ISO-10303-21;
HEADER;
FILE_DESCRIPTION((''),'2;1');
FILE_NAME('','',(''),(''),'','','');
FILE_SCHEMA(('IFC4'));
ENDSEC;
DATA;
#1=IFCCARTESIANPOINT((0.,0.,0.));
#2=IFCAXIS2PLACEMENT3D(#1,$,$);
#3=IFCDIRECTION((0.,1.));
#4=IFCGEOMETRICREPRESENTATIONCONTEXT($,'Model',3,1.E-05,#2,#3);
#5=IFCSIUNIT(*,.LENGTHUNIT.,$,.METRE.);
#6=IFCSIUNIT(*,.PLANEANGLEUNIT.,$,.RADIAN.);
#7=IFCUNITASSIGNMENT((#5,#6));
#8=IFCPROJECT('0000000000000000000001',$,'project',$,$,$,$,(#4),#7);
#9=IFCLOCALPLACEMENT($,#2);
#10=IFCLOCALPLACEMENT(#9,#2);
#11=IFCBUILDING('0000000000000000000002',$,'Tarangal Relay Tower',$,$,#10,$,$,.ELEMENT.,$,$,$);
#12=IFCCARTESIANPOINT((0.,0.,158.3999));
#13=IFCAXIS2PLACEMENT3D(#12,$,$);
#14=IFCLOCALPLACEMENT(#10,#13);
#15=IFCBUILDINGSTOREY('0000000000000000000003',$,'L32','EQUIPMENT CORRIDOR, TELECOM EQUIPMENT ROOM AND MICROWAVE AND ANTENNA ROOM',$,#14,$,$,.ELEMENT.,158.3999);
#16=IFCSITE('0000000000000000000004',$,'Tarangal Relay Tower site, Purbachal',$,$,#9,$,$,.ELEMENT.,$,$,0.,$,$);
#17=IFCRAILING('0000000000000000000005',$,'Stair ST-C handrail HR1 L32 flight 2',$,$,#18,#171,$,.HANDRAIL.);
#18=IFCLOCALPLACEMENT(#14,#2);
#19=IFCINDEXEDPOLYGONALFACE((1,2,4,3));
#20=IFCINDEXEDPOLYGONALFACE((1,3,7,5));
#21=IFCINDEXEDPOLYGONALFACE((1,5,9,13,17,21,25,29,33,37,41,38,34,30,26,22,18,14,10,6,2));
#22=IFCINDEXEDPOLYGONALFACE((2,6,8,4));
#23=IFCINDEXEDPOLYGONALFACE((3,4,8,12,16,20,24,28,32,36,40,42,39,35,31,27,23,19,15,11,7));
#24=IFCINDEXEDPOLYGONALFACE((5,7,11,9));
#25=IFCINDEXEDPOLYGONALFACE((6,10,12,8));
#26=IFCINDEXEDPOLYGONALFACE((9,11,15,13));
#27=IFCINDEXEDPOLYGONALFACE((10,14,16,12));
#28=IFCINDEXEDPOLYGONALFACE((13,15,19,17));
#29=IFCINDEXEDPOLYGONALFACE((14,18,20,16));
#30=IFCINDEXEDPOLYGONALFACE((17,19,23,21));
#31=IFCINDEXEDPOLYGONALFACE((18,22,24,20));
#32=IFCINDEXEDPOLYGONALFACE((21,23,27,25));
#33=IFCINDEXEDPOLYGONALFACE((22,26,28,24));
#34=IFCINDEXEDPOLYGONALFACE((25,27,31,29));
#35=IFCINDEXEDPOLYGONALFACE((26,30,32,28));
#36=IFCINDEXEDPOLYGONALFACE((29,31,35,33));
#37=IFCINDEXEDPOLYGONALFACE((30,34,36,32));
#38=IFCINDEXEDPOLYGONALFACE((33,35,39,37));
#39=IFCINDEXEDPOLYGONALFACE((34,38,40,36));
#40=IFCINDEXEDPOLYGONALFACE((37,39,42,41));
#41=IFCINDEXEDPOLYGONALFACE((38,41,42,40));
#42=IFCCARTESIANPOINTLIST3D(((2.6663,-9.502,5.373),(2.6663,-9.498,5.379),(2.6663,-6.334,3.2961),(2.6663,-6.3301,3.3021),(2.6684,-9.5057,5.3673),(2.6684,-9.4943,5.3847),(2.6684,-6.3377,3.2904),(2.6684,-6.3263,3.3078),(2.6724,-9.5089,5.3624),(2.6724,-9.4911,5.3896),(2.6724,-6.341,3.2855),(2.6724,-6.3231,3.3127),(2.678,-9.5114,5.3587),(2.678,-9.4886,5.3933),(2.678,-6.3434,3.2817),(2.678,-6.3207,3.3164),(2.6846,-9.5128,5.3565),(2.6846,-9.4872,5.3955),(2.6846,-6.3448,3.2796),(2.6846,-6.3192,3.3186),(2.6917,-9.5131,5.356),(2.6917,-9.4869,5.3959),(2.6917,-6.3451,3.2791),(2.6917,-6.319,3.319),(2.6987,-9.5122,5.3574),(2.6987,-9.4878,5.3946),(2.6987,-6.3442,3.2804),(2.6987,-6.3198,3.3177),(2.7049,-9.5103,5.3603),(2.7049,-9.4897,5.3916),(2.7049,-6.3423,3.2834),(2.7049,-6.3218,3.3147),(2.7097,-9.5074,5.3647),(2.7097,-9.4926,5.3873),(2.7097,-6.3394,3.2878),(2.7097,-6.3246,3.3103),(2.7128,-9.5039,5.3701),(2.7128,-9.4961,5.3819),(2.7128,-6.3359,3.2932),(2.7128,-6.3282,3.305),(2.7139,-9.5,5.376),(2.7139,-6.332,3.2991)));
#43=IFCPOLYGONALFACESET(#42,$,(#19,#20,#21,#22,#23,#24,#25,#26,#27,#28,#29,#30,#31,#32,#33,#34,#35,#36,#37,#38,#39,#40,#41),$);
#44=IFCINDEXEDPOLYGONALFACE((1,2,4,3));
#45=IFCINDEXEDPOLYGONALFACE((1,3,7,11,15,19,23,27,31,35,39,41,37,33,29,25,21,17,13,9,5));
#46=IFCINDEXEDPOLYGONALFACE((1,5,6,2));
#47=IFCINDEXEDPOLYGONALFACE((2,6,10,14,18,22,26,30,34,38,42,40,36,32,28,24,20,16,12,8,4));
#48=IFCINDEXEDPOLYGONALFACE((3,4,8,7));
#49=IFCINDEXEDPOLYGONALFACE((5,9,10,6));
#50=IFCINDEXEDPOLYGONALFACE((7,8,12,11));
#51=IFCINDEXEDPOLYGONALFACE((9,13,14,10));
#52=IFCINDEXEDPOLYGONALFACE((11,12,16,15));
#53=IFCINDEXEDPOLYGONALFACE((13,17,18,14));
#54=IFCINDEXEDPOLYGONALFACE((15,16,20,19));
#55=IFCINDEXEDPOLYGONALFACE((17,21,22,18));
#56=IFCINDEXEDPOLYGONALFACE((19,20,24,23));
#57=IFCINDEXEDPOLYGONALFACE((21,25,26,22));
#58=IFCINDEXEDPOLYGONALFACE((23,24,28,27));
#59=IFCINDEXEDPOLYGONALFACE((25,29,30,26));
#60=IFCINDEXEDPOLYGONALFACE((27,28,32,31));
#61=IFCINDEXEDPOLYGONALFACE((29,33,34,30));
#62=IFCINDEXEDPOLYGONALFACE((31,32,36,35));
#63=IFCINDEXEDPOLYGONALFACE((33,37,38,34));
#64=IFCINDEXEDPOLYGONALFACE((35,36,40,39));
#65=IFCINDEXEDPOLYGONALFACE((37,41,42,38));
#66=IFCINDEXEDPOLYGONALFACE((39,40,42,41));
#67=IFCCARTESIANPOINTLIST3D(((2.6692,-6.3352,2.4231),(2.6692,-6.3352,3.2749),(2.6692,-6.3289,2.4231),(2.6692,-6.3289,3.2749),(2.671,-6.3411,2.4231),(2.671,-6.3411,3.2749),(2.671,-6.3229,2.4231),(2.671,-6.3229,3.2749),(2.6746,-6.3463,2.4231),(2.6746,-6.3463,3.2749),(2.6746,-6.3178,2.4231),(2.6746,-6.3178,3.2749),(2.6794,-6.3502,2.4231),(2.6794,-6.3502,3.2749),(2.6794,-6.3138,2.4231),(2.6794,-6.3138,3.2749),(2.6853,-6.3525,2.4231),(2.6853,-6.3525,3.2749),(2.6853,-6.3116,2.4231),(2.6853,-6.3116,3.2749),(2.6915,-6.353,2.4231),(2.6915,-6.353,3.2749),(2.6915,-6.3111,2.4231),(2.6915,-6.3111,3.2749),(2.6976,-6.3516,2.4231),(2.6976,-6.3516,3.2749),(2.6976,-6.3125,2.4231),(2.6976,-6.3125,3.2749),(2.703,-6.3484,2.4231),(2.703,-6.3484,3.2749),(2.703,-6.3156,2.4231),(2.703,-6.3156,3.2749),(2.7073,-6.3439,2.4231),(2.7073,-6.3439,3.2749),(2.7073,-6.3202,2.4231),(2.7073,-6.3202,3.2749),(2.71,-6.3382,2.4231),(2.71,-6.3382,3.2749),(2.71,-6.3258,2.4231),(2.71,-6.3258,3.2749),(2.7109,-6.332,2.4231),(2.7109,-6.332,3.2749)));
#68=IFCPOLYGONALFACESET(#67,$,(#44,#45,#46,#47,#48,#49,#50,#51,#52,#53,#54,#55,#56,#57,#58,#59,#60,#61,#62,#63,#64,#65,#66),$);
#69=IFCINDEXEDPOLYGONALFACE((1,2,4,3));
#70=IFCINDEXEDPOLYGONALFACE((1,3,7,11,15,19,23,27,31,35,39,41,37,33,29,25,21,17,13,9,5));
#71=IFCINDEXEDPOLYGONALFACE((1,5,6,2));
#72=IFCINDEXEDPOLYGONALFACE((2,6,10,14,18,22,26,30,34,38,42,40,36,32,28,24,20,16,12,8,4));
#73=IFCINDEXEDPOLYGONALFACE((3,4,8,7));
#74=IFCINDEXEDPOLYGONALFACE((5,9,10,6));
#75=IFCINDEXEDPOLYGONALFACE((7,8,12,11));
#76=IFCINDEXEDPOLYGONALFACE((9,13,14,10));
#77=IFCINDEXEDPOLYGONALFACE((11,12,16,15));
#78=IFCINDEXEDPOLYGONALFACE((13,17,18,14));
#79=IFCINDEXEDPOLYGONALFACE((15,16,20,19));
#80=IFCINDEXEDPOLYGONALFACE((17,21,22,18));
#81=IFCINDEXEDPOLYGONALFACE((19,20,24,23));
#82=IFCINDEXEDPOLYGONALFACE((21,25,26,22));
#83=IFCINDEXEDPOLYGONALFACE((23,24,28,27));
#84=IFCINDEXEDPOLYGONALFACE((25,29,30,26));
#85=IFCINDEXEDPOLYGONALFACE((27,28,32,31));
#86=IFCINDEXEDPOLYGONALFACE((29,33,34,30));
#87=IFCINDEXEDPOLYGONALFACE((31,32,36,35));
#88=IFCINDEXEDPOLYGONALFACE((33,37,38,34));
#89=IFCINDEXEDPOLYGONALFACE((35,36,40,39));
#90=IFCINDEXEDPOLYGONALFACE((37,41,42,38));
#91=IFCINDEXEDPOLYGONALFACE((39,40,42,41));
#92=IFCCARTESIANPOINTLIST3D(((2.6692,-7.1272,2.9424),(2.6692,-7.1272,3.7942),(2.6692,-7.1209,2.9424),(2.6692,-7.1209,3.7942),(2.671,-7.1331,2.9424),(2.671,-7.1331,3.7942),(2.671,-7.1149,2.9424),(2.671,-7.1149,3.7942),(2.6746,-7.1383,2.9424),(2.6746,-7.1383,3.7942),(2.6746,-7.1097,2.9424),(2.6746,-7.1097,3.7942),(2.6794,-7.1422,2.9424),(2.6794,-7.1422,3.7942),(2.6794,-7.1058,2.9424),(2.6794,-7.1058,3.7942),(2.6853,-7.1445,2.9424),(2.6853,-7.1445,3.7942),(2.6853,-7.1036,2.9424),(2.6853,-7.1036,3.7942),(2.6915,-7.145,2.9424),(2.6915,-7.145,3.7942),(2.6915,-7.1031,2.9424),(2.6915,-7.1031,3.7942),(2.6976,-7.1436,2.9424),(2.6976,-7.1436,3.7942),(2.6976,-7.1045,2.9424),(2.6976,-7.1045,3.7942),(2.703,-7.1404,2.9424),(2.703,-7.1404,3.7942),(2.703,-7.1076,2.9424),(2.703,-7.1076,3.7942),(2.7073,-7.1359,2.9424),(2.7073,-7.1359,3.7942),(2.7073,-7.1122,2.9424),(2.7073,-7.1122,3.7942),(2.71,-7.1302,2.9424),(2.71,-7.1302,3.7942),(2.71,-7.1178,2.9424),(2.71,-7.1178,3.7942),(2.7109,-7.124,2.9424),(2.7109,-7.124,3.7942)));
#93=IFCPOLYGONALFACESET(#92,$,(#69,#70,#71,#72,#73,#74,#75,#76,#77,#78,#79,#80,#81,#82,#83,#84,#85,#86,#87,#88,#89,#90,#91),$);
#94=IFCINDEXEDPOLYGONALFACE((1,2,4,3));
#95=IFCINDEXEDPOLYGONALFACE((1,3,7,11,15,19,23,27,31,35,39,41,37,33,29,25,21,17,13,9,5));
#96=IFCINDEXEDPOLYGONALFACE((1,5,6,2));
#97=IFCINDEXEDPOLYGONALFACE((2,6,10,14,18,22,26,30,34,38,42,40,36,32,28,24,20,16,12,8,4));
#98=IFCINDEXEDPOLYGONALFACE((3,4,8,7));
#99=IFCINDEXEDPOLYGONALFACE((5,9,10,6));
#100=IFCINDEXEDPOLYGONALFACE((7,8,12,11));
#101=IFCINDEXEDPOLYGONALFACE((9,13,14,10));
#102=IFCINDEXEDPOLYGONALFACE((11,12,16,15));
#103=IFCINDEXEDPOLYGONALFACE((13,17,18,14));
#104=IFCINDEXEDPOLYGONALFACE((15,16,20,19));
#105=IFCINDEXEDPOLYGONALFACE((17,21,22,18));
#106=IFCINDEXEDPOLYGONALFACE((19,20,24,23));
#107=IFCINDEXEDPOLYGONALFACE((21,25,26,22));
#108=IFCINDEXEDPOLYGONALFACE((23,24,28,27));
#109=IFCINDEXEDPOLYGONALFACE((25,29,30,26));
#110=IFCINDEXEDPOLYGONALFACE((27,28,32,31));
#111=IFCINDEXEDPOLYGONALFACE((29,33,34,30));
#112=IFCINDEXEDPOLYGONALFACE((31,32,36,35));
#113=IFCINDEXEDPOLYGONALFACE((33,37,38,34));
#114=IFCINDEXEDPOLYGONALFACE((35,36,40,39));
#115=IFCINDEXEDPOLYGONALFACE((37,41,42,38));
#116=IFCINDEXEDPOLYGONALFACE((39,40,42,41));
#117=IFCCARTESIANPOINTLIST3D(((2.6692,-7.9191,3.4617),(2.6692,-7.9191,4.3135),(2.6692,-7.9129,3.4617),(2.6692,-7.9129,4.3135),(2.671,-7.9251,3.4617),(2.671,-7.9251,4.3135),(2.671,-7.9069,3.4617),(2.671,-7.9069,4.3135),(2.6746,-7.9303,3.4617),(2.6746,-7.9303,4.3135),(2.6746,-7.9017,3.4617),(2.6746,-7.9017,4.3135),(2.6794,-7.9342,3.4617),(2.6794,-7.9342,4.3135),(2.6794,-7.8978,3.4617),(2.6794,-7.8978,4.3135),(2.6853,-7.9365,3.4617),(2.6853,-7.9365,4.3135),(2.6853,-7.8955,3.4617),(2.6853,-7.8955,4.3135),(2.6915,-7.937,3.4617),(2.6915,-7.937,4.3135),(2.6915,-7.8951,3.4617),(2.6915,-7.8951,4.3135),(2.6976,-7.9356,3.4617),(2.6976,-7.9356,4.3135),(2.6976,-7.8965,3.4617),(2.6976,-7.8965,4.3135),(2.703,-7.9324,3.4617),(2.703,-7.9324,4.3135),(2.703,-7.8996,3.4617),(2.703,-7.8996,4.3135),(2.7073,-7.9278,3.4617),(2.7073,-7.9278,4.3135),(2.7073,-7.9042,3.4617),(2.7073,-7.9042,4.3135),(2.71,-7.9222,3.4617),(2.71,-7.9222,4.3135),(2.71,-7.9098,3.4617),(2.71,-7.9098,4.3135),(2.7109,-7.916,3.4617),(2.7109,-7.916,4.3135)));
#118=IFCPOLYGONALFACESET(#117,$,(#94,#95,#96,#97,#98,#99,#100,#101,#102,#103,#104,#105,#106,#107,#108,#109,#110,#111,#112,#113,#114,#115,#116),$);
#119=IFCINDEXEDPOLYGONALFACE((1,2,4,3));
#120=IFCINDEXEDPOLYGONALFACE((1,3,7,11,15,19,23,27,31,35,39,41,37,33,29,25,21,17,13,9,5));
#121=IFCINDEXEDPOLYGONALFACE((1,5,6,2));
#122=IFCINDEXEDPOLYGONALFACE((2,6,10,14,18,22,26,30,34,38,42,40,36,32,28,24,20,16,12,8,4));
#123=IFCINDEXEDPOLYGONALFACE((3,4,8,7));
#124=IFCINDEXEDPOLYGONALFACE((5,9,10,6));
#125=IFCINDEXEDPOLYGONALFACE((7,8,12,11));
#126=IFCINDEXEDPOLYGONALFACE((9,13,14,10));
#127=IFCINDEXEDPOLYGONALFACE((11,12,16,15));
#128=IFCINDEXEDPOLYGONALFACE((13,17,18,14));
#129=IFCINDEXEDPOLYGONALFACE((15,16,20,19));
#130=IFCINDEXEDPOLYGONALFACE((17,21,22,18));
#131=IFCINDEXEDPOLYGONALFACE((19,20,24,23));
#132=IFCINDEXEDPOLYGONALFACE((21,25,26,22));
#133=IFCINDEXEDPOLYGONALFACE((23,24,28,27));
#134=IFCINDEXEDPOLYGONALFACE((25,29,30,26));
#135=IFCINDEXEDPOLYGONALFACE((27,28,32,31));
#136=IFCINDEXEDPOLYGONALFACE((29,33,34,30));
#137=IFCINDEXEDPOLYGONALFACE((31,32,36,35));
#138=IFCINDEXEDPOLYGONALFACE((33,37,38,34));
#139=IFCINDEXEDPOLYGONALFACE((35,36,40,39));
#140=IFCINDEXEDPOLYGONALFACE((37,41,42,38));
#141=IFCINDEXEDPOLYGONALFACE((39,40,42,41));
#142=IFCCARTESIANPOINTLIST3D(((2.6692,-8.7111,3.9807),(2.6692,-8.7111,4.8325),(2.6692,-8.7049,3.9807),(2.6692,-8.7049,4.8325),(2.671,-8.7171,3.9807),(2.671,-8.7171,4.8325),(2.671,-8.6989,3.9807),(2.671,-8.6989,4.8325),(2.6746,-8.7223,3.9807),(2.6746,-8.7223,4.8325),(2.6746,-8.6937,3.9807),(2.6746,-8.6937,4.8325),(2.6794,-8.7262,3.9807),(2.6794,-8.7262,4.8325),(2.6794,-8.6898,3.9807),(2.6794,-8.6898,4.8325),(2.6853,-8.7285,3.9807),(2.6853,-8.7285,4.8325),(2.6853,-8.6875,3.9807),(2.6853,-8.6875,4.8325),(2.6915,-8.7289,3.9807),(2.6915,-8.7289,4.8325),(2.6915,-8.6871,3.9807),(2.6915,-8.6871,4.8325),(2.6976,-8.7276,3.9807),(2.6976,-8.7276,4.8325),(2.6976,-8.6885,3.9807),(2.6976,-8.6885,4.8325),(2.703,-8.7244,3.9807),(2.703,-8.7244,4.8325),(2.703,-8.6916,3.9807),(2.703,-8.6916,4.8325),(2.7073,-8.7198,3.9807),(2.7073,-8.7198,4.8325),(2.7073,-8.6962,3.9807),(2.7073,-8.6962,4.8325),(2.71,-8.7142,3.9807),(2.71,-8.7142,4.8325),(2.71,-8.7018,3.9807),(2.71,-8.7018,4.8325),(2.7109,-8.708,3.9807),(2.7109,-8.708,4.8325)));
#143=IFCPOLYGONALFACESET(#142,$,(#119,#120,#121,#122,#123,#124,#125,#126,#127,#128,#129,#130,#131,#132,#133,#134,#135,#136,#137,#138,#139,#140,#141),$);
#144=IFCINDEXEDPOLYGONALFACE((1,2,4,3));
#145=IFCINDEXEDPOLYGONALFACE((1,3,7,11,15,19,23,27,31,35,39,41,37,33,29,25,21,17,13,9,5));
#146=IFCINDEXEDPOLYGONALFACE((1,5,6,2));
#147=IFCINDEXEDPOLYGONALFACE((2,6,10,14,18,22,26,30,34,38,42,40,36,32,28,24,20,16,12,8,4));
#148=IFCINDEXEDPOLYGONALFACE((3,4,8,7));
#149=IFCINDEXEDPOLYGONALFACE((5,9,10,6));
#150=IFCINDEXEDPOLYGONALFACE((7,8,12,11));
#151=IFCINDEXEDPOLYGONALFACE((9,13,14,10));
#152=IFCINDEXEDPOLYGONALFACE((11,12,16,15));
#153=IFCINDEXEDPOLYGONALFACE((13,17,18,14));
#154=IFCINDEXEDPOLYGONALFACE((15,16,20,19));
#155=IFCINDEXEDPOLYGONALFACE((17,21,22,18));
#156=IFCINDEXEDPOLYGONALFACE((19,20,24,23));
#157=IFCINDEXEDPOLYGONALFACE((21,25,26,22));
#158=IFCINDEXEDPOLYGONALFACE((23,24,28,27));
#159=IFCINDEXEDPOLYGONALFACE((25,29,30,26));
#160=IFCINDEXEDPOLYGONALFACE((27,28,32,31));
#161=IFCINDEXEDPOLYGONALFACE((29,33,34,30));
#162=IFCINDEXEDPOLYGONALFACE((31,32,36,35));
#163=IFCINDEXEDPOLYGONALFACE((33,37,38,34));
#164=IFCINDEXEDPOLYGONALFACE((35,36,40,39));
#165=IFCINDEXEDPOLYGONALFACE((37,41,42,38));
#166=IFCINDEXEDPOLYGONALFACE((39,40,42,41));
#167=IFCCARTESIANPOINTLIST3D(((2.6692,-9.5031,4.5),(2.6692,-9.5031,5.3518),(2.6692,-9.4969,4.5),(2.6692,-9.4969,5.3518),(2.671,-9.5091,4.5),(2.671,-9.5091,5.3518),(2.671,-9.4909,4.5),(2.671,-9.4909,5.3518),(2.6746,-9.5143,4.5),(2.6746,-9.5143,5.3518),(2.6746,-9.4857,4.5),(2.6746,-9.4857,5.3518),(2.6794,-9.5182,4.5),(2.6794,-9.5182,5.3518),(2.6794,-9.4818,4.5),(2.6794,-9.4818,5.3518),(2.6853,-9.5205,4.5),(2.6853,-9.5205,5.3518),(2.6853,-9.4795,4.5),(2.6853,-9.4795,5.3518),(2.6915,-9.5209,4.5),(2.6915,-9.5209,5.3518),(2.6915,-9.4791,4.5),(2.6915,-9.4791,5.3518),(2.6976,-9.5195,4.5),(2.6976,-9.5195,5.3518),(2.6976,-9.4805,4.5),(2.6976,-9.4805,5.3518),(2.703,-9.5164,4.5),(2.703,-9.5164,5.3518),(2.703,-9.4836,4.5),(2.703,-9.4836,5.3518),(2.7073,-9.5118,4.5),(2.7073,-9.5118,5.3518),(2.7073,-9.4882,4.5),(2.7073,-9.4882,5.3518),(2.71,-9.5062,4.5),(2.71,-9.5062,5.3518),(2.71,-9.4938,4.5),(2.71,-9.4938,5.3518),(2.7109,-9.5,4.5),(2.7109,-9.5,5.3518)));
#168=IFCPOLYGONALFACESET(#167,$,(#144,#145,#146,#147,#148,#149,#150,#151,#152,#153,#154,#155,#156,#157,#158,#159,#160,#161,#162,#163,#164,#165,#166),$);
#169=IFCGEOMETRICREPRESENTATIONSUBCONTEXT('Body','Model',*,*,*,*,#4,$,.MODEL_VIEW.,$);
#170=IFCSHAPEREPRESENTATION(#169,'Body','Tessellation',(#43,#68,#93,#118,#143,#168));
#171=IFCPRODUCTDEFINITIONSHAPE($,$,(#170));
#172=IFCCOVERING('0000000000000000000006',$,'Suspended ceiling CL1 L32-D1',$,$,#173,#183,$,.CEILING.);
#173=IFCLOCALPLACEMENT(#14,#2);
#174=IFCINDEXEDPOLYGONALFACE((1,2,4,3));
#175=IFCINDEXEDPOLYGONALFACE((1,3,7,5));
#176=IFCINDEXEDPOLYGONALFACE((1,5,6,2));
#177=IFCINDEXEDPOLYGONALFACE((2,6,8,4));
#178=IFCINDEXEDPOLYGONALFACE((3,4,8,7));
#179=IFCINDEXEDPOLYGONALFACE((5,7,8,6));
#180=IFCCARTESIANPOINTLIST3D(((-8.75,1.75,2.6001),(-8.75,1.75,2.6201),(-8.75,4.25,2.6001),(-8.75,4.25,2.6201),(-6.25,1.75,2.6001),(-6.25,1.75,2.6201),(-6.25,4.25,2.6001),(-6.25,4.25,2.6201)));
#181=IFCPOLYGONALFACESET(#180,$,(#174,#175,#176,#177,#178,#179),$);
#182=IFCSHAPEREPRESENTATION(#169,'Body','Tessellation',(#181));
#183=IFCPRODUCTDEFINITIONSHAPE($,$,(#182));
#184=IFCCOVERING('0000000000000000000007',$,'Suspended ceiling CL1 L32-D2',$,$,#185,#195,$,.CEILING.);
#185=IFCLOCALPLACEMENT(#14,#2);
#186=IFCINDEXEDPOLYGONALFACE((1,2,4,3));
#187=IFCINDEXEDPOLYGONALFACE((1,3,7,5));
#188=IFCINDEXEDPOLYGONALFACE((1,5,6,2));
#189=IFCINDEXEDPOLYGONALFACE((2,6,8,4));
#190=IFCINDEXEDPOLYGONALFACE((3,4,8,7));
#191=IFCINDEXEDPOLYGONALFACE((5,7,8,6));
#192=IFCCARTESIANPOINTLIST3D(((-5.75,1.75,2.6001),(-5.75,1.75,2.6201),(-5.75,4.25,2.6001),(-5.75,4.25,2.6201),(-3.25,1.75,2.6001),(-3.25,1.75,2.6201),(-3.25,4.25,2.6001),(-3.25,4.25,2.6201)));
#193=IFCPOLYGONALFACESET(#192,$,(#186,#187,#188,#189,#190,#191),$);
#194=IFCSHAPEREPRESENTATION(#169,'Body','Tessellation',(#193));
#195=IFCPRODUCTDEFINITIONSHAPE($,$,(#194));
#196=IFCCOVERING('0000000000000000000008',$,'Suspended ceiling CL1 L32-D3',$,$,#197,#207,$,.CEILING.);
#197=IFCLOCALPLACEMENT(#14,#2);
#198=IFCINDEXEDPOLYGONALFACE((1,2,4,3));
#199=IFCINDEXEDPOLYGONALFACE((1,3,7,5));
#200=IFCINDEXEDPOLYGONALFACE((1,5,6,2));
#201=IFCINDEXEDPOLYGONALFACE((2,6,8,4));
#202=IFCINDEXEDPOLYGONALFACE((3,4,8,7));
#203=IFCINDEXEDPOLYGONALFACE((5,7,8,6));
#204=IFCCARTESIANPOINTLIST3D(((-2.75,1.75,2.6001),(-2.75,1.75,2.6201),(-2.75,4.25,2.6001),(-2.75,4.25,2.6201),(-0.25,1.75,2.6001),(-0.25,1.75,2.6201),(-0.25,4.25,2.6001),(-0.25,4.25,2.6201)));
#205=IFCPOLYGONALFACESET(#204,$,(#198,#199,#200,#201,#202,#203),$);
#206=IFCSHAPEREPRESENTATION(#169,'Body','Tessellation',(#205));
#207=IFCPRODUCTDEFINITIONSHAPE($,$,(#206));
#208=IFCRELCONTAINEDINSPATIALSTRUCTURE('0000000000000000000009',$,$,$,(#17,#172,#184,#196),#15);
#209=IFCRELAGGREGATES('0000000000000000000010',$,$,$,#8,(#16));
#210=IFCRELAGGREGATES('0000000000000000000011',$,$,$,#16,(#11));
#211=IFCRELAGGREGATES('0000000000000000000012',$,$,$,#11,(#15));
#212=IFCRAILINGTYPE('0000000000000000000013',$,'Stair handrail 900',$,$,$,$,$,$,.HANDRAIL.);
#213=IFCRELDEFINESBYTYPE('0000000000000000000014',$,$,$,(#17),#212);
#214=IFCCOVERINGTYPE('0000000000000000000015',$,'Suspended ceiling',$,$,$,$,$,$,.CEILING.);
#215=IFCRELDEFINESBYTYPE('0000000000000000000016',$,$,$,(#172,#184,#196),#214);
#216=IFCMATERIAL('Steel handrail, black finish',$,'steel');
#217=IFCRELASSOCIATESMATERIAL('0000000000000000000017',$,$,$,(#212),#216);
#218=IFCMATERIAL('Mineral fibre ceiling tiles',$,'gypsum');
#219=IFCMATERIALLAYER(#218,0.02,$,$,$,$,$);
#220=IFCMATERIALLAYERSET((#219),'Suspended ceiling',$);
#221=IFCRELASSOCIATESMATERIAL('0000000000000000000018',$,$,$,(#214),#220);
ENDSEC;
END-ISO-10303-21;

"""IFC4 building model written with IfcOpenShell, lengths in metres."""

from ifc_helpers import new_model, si_unit, direction, frame, origin, origin_2d, place, context, subcontext, project, spatial, polyline, circle, outline, extrude, material, layer, layer_set, type_object, element, save


model = new_model("IFC4")

# Units and contexts
model_context = context("Model", 3, precision=1e-05, world=origin(), true_north=direction((0.0, 1.0)))
body_context = subcontext(model_context, "Body", "Model", "MODEL_VIEW")
ifc_project = project(units=[si_unit("LENGTHUNIT", "METRE"), si_unit("PLANEANGLEUNIT", "RADIAN")], contexts=[model_context])

# Site, building, storey
site_placement = place(None, origin())
site = spatial("IfcSite", under=ifc_project, at=site_placement, Name="Tarangal Relay Tower site, Purbachal", CompositionType="ELEMENT", RefElevation=0.0)
building_placement = place(site_placement, origin())
building = spatial("IfcBuilding", under=site, at=building_placement, Name="Tarangal Relay Tower", CompositionType="ELEMENT")
storey_placement = place(building_placement, frame((0.0, 0.0, 158.3999)))
storey = spatial("IfcBuildingStorey", under=building, at=storey_placement, Name="L32", Description="EQUIPMENT CORRIDOR, TELECOM EQUIPMENT ROOM AND MICROWAVE AND ANTENNA ROOM", CompositionType="ELEMENT", Elevation=158.3999)

# Railing
ifc_material_1 = material(Name="Steel handrail, black finish", Category="steel")
railing_type_1 = type_object("IfcRailingType", Name="Stair handrail 900", PredefinedType="HANDRAIL", material=ifc_material_1)
railing_1_placement = place(storey_placement, frame((2.6899, -6.332, 2.4231)))
element("IfcRailing", 1, at=railing_1_placement, inside=storey, type_object=railing_type_1, Name="Stair ST-C handrail HR1 L32 flight 2", PredefinedType="HANDRAIL", context=body_context, shape_type="SweptSolid", body=[
    extrude(circle(Radius=0.0239, at=origin_2d()), frame((0.0, 0.0, 0.876), z_axis=(0.0, -0.836299, 0.548273), x_axis=(1.0, 0.0, 0.0)), (0.0, 0.0, 1.0), 3.7881),
    extrude(circle(Radius=0.021, at=origin_2d()), origin(), (0.0, 0.0, 1.0), 0.8518),
    extrude(circle(Radius=0.021, at=origin_2d()), frame((0.0, -0.792, 0.5193)), (0.0, 0.0, 1.0), 0.8518),
    extrude(circle(Radius=0.021, at=origin_2d()), frame((0.0, -1.584, 1.0386)), (0.0, 0.0, 1.0), 0.8518),
    extrude(circle(Radius=0.021, at=origin_2d()), frame((0.0, -2.376, 1.5576)), (0.0, 0.0, 1.0), 0.8518),
    extrude(circle(Radius=0.021, at=origin_2d()), frame((0.0, -3.168, 2.0769)), (0.0, 0.0, 1.0), 0.8518),
])

# Coverings
ifc_material_2 = material(Name="Mineral fibre ceiling tiles", Category="gypsum")
ifc_layer_1 = layer(ifc_material_2, 0.02)
ifc_layer_set_1 = layer_set([ifc_layer_1], Name="Suspended ceiling")
covering_type_1 = type_object("IfcCoveringType", Name="Suspended ceiling", PredefinedType="CEILING", material=ifc_layer_set_1)
covering_1_placement = place(storey_placement, frame((0.0, 0.0, 2.6001)))
element("IfcCovering", 2, at=covering_1_placement, inside=storey, type_object=covering_type_1, Name="Suspended ceiling CL1 L32-D1", PredefinedType="CEILING", context=body_context, shape_type="SweptSolid", body=[
    extrude(outline(polyline([(-8.75, 1.75), (-6.25, 1.75), (-6.25, 4.25), (-8.75, 4.25), (-8.75, 1.75)])), origin(), (0.0, 0.0, 1.0), 0.02),
])
covering_2_placement = place(storey_placement, frame((0.0, 0.0, 2.6001)))
element("IfcCovering", 3, at=covering_2_placement, inside=storey, type_object=covering_type_1, Name="Suspended ceiling CL1 L32-D2", PredefinedType="CEILING", context=body_context, shape_type="SweptSolid", body=[
    extrude(outline(polyline([(-5.75, 1.75), (-3.25, 1.75), (-3.25, 4.25), (-5.75, 4.25), (-5.75, 1.75)])), origin(), (0.0, 0.0, 1.0), 0.02),
])
covering_3_placement = place(storey_placement, frame((0.0, 0.0, 2.6001)))
element("IfcCovering", 4, at=covering_3_placement, inside=storey, type_object=covering_type_1, Name="Suspended ceiling CL1 L32-D3", PredefinedType="CEILING", context=body_context, shape_type="SweptSolid", body=[
    extrude(outline(polyline([(-2.75, 1.75), (-0.25, 1.75), (-0.25, 4.25), (-2.75, 4.25), (-2.75, 1.75)])), origin(), (0.0, 0.0, 1.0), 0.02),
])

save(model, "model.ifc")
